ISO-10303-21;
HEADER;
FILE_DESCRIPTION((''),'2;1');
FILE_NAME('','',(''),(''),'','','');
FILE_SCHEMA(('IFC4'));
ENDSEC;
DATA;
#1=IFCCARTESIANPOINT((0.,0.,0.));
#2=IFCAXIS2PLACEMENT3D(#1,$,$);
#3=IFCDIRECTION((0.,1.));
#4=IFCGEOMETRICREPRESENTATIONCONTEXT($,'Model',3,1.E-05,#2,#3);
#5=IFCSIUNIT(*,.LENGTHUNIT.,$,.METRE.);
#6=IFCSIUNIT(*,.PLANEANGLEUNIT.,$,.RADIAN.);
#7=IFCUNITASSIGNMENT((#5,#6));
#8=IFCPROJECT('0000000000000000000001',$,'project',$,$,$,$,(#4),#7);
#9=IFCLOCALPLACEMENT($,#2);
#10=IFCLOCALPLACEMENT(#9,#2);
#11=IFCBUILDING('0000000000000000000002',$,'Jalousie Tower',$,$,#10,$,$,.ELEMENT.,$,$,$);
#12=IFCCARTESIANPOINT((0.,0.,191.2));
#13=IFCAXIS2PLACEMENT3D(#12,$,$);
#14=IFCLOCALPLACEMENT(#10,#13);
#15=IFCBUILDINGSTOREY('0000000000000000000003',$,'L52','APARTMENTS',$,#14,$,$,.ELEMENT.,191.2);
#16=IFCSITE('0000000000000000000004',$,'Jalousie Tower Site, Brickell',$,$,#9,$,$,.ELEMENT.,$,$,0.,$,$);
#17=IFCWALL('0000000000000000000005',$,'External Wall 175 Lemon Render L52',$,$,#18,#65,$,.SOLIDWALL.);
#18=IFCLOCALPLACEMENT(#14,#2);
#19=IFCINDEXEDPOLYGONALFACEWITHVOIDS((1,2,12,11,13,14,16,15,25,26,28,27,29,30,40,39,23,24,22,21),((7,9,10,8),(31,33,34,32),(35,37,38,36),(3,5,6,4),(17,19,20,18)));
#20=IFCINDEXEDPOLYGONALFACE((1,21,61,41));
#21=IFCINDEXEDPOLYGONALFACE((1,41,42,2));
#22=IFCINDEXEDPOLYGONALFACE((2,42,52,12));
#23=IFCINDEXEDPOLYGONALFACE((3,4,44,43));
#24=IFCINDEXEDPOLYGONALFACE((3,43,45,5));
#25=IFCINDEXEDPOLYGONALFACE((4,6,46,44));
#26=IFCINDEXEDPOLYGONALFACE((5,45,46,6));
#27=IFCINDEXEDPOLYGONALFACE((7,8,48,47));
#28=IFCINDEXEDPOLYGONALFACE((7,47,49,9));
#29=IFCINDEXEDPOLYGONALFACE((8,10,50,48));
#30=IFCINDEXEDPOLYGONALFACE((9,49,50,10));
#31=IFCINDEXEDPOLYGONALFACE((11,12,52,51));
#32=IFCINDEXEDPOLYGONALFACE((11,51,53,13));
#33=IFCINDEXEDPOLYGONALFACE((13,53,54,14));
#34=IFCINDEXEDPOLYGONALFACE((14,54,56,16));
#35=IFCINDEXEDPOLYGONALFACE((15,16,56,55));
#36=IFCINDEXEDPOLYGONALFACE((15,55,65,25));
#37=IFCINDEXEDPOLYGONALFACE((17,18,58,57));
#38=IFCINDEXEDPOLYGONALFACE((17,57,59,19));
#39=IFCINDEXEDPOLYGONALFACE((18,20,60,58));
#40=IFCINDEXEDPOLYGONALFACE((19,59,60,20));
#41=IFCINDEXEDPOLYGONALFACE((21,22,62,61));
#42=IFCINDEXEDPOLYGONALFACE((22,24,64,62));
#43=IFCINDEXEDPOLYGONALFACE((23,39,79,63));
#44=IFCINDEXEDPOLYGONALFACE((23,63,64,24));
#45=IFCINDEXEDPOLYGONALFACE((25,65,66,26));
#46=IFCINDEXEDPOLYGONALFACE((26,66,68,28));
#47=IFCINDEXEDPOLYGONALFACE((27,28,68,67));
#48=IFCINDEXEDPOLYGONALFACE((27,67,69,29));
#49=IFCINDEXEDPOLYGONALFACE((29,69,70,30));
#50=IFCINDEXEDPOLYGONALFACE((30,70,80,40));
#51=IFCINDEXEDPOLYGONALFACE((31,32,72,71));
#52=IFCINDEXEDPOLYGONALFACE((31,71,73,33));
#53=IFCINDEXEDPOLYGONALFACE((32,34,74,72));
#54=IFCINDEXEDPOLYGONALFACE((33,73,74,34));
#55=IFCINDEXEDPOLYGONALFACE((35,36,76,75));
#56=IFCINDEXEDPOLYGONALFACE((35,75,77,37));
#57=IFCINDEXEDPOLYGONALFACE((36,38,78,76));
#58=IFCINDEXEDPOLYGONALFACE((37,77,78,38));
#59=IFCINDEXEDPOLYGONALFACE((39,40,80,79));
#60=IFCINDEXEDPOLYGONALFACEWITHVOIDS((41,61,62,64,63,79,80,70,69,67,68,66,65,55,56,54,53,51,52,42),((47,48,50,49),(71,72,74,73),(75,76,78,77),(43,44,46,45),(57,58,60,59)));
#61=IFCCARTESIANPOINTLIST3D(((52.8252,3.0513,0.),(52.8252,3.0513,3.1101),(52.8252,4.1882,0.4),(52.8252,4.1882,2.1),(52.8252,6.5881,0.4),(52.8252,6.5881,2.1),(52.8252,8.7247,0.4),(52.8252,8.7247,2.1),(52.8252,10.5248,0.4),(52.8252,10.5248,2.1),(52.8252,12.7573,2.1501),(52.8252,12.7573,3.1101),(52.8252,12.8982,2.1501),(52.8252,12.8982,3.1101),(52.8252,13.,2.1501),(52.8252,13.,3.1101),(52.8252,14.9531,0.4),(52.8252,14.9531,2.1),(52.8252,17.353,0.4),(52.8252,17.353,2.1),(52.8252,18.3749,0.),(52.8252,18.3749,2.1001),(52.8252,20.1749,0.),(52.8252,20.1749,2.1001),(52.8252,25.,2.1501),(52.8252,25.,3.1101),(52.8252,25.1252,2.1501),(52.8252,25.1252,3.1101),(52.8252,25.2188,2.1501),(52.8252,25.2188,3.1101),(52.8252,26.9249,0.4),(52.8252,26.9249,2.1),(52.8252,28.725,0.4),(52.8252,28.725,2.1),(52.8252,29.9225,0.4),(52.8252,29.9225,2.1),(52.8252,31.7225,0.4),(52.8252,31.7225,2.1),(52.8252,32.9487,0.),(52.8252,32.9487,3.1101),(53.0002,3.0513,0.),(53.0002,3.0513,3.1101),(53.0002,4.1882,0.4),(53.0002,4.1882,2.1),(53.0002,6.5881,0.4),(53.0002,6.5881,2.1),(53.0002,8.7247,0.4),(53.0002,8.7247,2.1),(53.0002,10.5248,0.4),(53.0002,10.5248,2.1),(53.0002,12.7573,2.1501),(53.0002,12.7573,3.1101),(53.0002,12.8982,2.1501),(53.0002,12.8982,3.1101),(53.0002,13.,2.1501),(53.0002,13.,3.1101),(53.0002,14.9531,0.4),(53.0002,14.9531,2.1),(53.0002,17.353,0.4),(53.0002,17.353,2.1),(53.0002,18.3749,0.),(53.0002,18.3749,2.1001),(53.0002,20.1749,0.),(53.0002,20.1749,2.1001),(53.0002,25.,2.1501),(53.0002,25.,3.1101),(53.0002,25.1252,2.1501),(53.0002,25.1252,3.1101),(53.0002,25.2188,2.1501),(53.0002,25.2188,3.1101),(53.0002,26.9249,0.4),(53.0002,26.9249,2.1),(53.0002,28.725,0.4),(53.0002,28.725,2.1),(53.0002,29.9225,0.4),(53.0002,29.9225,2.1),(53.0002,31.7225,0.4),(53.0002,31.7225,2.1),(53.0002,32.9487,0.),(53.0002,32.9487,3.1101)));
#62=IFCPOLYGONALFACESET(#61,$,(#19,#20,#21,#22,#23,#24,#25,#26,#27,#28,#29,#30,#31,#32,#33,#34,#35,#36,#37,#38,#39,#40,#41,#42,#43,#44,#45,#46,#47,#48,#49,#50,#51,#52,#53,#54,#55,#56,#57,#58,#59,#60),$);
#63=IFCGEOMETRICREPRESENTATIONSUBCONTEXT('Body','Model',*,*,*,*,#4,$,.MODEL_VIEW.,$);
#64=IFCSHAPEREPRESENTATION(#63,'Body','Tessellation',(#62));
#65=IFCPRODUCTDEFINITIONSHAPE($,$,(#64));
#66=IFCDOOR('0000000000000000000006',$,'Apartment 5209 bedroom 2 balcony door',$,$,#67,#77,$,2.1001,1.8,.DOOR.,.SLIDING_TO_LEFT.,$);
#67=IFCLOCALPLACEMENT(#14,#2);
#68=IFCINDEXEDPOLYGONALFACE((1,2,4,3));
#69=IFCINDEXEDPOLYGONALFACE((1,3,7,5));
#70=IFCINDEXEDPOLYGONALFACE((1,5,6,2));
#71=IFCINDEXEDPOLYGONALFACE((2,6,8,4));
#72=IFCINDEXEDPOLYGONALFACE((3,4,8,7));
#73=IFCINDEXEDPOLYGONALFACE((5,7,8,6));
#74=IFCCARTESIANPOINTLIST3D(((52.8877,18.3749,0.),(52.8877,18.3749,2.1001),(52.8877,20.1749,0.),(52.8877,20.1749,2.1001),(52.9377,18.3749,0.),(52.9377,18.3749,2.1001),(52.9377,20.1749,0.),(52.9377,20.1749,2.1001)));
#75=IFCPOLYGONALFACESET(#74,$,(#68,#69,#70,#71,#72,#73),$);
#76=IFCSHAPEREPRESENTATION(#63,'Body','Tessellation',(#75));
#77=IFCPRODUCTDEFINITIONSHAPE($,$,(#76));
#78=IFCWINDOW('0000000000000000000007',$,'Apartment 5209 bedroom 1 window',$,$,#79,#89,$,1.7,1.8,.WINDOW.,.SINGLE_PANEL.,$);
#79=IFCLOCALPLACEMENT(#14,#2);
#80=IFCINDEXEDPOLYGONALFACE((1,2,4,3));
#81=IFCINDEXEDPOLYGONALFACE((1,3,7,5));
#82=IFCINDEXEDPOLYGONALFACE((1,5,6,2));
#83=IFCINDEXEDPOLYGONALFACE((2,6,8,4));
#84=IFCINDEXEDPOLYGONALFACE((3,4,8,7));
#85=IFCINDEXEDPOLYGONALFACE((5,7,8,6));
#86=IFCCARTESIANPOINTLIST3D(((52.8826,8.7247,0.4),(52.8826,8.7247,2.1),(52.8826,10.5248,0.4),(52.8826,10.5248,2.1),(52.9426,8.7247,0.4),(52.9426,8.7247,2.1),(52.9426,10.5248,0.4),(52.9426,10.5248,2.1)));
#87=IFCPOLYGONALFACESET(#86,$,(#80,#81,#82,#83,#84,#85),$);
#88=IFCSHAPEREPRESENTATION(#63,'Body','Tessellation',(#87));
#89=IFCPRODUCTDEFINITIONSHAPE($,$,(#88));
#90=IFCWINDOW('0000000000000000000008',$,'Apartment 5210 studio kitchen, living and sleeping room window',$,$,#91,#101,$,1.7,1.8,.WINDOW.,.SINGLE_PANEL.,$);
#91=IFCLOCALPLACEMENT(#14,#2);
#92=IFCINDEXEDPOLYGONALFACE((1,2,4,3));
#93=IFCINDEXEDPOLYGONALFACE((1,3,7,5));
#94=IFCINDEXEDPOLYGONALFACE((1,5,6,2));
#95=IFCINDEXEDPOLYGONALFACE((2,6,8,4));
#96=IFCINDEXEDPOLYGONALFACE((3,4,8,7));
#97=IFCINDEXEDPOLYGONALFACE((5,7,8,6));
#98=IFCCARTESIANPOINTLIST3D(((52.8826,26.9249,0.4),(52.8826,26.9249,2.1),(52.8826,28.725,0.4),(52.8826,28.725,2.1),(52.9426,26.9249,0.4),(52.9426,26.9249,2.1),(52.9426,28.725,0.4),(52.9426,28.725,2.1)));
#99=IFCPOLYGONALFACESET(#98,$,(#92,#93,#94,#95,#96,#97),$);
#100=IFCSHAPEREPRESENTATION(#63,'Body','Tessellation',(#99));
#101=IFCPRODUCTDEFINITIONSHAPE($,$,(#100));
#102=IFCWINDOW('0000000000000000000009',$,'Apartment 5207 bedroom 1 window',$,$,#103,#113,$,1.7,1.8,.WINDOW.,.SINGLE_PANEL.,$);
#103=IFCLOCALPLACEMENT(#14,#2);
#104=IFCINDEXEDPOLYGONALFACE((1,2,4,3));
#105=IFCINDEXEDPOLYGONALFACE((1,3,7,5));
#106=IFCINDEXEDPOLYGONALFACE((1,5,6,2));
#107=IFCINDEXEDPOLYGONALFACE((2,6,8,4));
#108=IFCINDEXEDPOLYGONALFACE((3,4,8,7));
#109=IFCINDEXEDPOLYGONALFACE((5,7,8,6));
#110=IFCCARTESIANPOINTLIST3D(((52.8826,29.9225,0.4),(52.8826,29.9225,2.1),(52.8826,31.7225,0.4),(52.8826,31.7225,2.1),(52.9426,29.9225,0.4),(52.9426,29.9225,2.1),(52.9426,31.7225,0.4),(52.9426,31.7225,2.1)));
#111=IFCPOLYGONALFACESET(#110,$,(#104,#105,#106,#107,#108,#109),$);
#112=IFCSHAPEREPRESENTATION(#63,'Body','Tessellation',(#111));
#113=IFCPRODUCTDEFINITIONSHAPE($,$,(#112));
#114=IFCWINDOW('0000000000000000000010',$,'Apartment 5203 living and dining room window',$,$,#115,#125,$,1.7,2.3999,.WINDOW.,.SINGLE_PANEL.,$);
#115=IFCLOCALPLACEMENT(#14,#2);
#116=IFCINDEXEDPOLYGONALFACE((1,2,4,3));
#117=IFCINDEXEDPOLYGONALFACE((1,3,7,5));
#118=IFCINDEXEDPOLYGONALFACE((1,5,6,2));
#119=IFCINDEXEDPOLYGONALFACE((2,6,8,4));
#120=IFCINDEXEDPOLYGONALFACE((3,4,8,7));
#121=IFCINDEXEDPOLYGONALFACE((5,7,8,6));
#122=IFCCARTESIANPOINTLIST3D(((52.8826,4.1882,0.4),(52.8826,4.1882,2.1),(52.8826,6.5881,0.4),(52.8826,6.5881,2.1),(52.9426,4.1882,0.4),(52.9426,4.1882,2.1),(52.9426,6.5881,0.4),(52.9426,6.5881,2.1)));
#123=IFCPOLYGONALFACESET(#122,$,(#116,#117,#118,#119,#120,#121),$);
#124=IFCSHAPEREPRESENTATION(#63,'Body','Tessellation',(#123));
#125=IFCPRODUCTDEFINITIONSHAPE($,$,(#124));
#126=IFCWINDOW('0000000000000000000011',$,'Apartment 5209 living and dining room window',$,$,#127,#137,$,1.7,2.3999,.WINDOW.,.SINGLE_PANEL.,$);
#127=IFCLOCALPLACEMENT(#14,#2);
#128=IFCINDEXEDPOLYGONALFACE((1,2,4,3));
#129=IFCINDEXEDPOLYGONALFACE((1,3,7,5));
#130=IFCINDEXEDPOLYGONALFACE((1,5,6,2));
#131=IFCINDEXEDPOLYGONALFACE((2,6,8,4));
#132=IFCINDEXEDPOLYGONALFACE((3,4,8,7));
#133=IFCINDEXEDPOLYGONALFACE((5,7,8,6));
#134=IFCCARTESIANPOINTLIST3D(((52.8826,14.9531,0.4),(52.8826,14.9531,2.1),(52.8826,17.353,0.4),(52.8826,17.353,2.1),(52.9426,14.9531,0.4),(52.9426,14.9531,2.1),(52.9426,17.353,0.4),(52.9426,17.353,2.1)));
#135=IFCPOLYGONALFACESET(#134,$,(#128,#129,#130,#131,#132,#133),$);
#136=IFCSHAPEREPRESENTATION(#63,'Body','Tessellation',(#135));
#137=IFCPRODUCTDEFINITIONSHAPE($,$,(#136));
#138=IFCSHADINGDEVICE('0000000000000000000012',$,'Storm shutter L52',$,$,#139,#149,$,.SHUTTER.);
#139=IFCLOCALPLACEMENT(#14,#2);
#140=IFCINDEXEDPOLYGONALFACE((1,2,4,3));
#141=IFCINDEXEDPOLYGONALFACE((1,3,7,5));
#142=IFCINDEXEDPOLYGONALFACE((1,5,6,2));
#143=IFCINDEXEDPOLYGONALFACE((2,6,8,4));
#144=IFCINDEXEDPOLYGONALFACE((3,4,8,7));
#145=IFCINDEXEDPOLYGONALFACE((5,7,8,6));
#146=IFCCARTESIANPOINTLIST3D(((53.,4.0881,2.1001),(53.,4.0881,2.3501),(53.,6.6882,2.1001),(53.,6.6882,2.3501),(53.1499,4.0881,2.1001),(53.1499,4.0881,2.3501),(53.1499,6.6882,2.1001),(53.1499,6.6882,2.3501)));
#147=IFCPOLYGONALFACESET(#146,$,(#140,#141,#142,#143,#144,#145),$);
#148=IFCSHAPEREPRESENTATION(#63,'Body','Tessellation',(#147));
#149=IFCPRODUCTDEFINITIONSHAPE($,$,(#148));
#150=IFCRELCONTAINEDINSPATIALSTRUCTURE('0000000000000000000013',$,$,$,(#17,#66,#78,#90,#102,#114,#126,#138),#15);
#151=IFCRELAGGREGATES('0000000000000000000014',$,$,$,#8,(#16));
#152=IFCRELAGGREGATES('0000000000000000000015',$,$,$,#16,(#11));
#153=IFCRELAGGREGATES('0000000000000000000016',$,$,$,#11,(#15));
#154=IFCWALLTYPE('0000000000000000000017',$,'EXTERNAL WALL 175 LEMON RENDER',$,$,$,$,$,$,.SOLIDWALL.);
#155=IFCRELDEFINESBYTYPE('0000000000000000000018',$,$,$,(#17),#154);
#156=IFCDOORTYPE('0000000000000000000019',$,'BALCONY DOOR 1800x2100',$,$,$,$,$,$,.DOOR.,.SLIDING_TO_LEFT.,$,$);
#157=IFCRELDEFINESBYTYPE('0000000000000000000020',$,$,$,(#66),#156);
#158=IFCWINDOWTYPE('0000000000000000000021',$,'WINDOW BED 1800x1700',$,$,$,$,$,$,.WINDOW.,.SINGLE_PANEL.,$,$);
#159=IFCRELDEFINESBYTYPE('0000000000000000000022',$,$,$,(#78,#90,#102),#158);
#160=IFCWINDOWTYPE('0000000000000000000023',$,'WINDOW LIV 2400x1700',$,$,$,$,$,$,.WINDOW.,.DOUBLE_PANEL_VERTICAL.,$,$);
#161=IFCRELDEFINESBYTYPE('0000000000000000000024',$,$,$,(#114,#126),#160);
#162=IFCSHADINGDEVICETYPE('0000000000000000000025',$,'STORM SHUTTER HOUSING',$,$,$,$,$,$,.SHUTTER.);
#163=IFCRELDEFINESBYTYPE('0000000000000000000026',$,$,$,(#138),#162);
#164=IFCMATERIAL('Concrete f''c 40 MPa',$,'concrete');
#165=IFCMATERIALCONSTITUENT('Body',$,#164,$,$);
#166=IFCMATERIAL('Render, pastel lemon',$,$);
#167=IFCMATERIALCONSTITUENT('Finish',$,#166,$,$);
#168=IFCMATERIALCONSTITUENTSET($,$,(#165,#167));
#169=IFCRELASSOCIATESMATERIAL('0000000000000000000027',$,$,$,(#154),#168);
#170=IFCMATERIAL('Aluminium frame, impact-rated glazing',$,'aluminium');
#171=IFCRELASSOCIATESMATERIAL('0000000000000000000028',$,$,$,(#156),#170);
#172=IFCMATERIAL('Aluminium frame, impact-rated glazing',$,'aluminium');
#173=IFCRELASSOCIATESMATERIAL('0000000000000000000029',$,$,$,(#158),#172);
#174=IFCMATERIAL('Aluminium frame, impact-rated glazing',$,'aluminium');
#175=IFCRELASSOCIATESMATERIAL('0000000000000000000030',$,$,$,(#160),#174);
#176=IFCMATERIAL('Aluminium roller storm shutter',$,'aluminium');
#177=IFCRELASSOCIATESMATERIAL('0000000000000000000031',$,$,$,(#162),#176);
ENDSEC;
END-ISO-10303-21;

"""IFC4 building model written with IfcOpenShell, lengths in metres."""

from ifc_helpers import new_model, si_unit, direction, frame, frame_2d, origin, origin_2d, place, context, subcontext, project, spatial, polyline, rectangle, outline, extrude, material, constituent, constituent_set, type_object, element, fill, save


model = new_model("IFC4")

# Units and contexts
model_context = context("Model", 3, precision=1e-05, world=origin(), true_north=direction((0.0, 1.0)))
body_context = subcontext(model_context, "Body", "Model", "MODEL_VIEW")
ifc_project = project(units=[si_unit("LENGTHUNIT", "METRE"), si_unit("PLANEANGLEUNIT", "RADIAN")], contexts=[model_context])

# Site, building, storey
site_placement = place(None, origin())
site = spatial("IfcSite", under=ifc_project, at=site_placement, Name="Jalousie Tower Site, Brickell", CompositionType="ELEMENT", RefElevation=0.0)
building_placement = place(site_placement, origin())
building = spatial("IfcBuilding", under=site, at=building_placement, Name="Jalousie Tower", CompositionType="ELEMENT")
storey_placement = place(building_placement, frame((0.0, 0.0, 191.2)))
storey = spatial("IfcBuildingStorey", under=building, at=storey_placement, Name="L52", Description="APARTMENTS", CompositionType="ELEMENT", Elevation=191.2)

# Wall, openings, door, windows
ifc_material_1 = material(Name="Concrete f'c 40 MPa", Category="concrete")
ifc_constituent_1 = constituent(ifc_material_1, Name="Body")
ifc_material_2 = material(Name="Render, pastel lemon")
ifc_constituent_2 = constituent(ifc_material_2, Name="Finish")
ifc_constituent_set = constituent_set(constituents=[ifc_constituent_1, ifc_constituent_2])
wall_type = type_object("IfcWallType", Name="EXTERNAL WALL 175 LEMON RENDER", PredefinedType="SOLIDWALL", material=ifc_constituent_set)
wall_placement = place(storey_placement, frame((52.9126, 3.0513, 0.0), z_axis=(0.0, 0.0, 1.0), x_axis=(0.0, 1.0, 0.0)))
wall = element("IfcWall", 1, at=wall_placement, inside=storey, type_object=wall_type, Name="External Wall 175 Lemon Render L52", PredefinedType="SOLIDWALL", context=body_context, shape_type="SweptSolid", body=[
    extrude(outline(polyline([(0.0, 0.0), (29.8975, 0.0), (29.8975, 3.1101), (22.1675, 3.1101), (22.1675, 2.1501), (22.074, 2.1501), (22.074, 3.1101), (21.9487, 3.1101), (21.9487, 2.1501), (9.9487, 2.1501), (9.9487, 3.1101), (9.8469, 3.1101), (9.8469, 2.1501), (9.7061, 2.1501), (9.7061, 3.1101), (0.0, 3.1101), (0.0, 0.0)])), frame((0.0, 0.0874, 0.0), z_axis=(0.0, -1.0, 0.0), x_axis=(1.0, 0.0, 0.0)), (0.0, 0.0, 1.0), 0.175),
])
opening_1_placement = place(wall_placement, frame((1.137, 0.0, 0.3999)))
opening_1 = element("IfcOpeningElement", 2, at=opening_1_placement, cuts=wall, PredefinedType="OPENING", context=body_context, shape_type="SweptSolid", body=[
    extrude(rectangle(XDim=2.3999, YDim=1.7, at=frame_2d((1.2, 0.8501))), frame((0.0, 0.0974, 0.0), z_axis=(0.0, -1.0, 0.0), x_axis=(1.0, 0.0, 0.0)), (0.0, 0.0, 1.0), 0.1951),
])
opening_2_placement = place(wall_placement, frame((5.6736, 0.0, 0.3999)))
opening_2 = element("IfcOpeningElement", 3, at=opening_2_placement, cuts=wall, PredefinedType="OPENING", context=body_context, shape_type="SweptSolid", body=[
    extrude(rectangle(XDim=1.8, YDim=1.7, at=frame_2d((0.8999, 0.8501))), frame((0.0, 0.0974, 0.0), z_axis=(0.0, -1.0, 0.0), x_axis=(1.0, 0.0, 0.0)), (0.0, 0.0, 1.0), 0.1951),
])
opening_3_placement = place(wall_placement, frame((11.9019, 0.0, 0.3999)))
opening_3 = element("IfcOpeningElement", 4, at=opening_3_placement, cuts=wall, PredefinedType="OPENING", context=body_context, shape_type="SweptSolid", body=[
    extrude(rectangle(XDim=2.3999, YDim=1.7, at=frame_2d((1.2, 0.8501))), frame((0.0, 0.0974, 0.0), z_axis=(0.0, -1.0, 0.0), x_axis=(1.0, 0.0, 0.0)), (0.0, 0.0, 1.0), 0.1951),
])
opening_4_placement = place(wall_placement, frame((15.3237, 0.0, 0.0)))
opening_4 = element("IfcOpeningElement", 5, at=opening_4_placement, cuts=wall, PredefinedType="OPENING", context=body_context, shape_type="SweptSolid", body=[
    extrude(rectangle(XDim=1.8, YDim=2.1001, at=frame_2d((0.8999, 1.05))), frame((0.0, 0.0974, 0.0), z_axis=(0.0, -1.0, 0.0), x_axis=(1.0, 0.0, 0.0)), (0.0, 0.0, 1.0), 0.1951),
])
opening_5_placement = place(wall_placement, frame((23.8738, 0.0, 0.3999)))
opening_5 = element("IfcOpeningElement", 6, at=opening_5_placement, cuts=wall, PredefinedType="OPENING", context=body_context, shape_type="SweptSolid", body=[
    extrude(rectangle(XDim=1.8, YDim=1.7, at=frame_2d((0.8999, 0.8501))), frame((0.0, 0.0974, 0.0), z_axis=(0.0, -1.0, 0.0), x_axis=(1.0, 0.0, 0.0)), (0.0, 0.0, 1.0), 0.1951),
])
opening_6_placement = place(wall_placement, frame((26.8713, 0.0, 0.3999)))
opening_6 = element("IfcOpeningElement", 7, at=opening_6_placement, cuts=wall, PredefinedType="OPENING", context=body_context, shape_type="SweptSolid", body=[
    extrude(rectangle(XDim=1.8, YDim=1.7, at=frame_2d((0.8999, 0.8501))), frame((0.0, 0.0974, 0.0), z_axis=(0.0, -1.0, 0.0), x_axis=(1.0, 0.0, 0.0)), (0.0, 0.0, 1.0), 0.1951),
])
ifc_material_3 = material(Name="Aluminium frame, impact-rated glazing", Category="aluminium")
door_type = type_object("IfcDoorType", Name="BALCONY DOOR 1800x2100", OperationType="SLIDING_TO_LEFT", PredefinedType="DOOR", material=ifc_material_3)
door_placement = place(opening_4_placement, origin())
door = element("IfcDoor", 8, at=door_placement, inside=storey, type_object=door_type, Name="Apartment 5209 bedroom 2 balcony door", OperationType="SLIDING_TO_LEFT", OverallHeight=2.1001, OverallWidth=1.8, PredefinedType="DOOR", context=body_context, shape_type="SweptSolid", body=[
    extrude(rectangle(XDim=1.8, YDim=2.1001, at=frame_2d((0.8999, 1.05))), frame((0.0, 0.0249, 0.0), z_axis=(0.0, -1.0, 0.0), x_axis=(1.0, 0.0, 0.0)), (0.0, 0.0, 1.0), 0.05),
])
fill(opening_4, door)
ifc_material_4 = material(Name="Aluminium frame, impact-rated glazing", Category="aluminium")
window_type_1 = type_object("IfcWindowType", Name="WINDOW BED 1800x1700", PartitioningType="SINGLE_PANEL", PredefinedType="WINDOW", material=ifc_material_4)
window_1_placement = place(opening_2_placement, origin())
window_1 = element("IfcWindow", 9, at=window_1_placement, inside=storey, type_object=window_type_1, Name="Apartment 5209 bedroom 1 window", OverallHeight=1.7, OverallWidth=1.8, PartitioningType="SINGLE_PANEL", PredefinedType="WINDOW", context=body_context, shape_type="SweptSolid", body=[
    extrude(rectangle(XDim=1.8, YDim=1.7, at=frame_2d((0.8999, 0.8501))), frame((0.0, 0.03, 0.0), z_axis=(0.0, -1.0, 0.0), x_axis=(1.0, 0.0, 0.0)), (0.0, 0.0, 1.0), 0.0601),
])
fill(opening_2, window_1)
window_2_placement = place(opening_5_placement, origin())
window_2 = element("IfcWindow", 10, at=window_2_placement, inside=storey, type_object=window_type_1, Name="Apartment 5210 studio kitchen, living and sleeping room window", OverallHeight=1.7, OverallWidth=1.8, PartitioningType="SINGLE_PANEL", PredefinedType="WINDOW", context=body_context, shape_type="SweptSolid", body=[
    extrude(rectangle(XDim=1.8, YDim=1.7, at=frame_2d((0.8999, 0.8501))), frame((0.0, 0.03, 0.0), z_axis=(0.0, -1.0, 0.0), x_axis=(1.0, 0.0, 0.0)), (0.0, 0.0, 1.0), 0.0601),
])
fill(opening_5, window_2)
window_3_placement = place(opening_6_placement, origin())
window_3 = element("IfcWindow", 11, at=window_3_placement, inside=storey, type_object=window_type_1, Name="Apartment 5207 bedroom 1 window", OverallHeight=1.7, OverallWidth=1.8, PartitioningType="SINGLE_PANEL", PredefinedType="WINDOW", context=body_context, shape_type="SweptSolid", body=[
    extrude(rectangle(XDim=1.8, YDim=1.7, at=frame_2d((0.8999, 0.8501))), frame((0.0, 0.03, 0.0), z_axis=(0.0, -1.0, 0.0), x_axis=(1.0, 0.0, 0.0)), (0.0, 0.0, 1.0), 0.0601),
])
fill(opening_6, window_3)
ifc_material_5 = material(Name="Aluminium frame, impact-rated glazing", Category="aluminium")
window_type_2 = type_object("IfcWindowType", Name="WINDOW LIV 2400x1700", PartitioningType="DOUBLE_PANEL_VERTICAL", PredefinedType="WINDOW", material=ifc_material_5)
window_4_placement = place(opening_1_placement, origin())
window_4 = element("IfcWindow", 12, at=window_4_placement, inside=storey, type_object=window_type_2, Name="Apartment 5203 living and dining room window", OverallHeight=1.7, OverallWidth=2.3999, PartitioningType="SINGLE_PANEL", PredefinedType="WINDOW", context=body_context, shape_type="SweptSolid", body=[
    extrude(rectangle(XDim=2.3999, YDim=1.7, at=frame_2d((1.2, 0.8501))), frame((0.0, 0.03, 0.0), z_axis=(0.0, -1.0, 0.0), x_axis=(1.0, 0.0, 0.0)), (0.0, 0.0, 1.0), 0.0601),
])
fill(opening_1, window_4)
window_5_placement = place(opening_3_placement, origin())
window_5 = element("IfcWindow", 13, at=window_5_placement, inside=storey, type_object=window_type_2, Name="Apartment 5209 living and dining room window", OverallHeight=1.7, OverallWidth=2.3999, PartitioningType="SINGLE_PANEL", PredefinedType="WINDOW", context=body_context, shape_type="SweptSolid", body=[
    extrude(rectangle(XDim=2.3999, YDim=1.7, at=frame_2d((1.2, 0.8501))), frame((0.0, 0.03, 0.0), z_axis=(0.0, -1.0, 0.0), x_axis=(1.0, 0.0, 0.0)), (0.0, 0.0, 1.0), 0.0601),
])
fill(opening_3, window_5)

# Shading device
ifc_material_6 = material(Name="Aluminium roller storm shutter", Category="aluminium")
shading_device_type = type_object("IfcShadingDeviceType", Name="STORM SHUTTER HOUSING", PredefinedType="SHUTTER", material=ifc_material_6)
shading_device_placement = place(storey_placement, frame((53.075, 5.3882, 2.1001), z_axis=(0.0, 0.0, 1.0), x_axis=(0.0, 1.0, 0.0)))
element("IfcShadingDevice", 14, at=shading_device_placement, inside=storey, type_object=shading_device_type, Name="Storm shutter L52", PredefinedType="SHUTTER", context=body_context, shape_type="SweptSolid", body=[
    extrude(rectangle(XDim=2.6001, YDim=0.1499, at=origin_2d()), origin(), (0.0, 0.0, 1.0), 0.25),
])

save(model, "model.ifc")
